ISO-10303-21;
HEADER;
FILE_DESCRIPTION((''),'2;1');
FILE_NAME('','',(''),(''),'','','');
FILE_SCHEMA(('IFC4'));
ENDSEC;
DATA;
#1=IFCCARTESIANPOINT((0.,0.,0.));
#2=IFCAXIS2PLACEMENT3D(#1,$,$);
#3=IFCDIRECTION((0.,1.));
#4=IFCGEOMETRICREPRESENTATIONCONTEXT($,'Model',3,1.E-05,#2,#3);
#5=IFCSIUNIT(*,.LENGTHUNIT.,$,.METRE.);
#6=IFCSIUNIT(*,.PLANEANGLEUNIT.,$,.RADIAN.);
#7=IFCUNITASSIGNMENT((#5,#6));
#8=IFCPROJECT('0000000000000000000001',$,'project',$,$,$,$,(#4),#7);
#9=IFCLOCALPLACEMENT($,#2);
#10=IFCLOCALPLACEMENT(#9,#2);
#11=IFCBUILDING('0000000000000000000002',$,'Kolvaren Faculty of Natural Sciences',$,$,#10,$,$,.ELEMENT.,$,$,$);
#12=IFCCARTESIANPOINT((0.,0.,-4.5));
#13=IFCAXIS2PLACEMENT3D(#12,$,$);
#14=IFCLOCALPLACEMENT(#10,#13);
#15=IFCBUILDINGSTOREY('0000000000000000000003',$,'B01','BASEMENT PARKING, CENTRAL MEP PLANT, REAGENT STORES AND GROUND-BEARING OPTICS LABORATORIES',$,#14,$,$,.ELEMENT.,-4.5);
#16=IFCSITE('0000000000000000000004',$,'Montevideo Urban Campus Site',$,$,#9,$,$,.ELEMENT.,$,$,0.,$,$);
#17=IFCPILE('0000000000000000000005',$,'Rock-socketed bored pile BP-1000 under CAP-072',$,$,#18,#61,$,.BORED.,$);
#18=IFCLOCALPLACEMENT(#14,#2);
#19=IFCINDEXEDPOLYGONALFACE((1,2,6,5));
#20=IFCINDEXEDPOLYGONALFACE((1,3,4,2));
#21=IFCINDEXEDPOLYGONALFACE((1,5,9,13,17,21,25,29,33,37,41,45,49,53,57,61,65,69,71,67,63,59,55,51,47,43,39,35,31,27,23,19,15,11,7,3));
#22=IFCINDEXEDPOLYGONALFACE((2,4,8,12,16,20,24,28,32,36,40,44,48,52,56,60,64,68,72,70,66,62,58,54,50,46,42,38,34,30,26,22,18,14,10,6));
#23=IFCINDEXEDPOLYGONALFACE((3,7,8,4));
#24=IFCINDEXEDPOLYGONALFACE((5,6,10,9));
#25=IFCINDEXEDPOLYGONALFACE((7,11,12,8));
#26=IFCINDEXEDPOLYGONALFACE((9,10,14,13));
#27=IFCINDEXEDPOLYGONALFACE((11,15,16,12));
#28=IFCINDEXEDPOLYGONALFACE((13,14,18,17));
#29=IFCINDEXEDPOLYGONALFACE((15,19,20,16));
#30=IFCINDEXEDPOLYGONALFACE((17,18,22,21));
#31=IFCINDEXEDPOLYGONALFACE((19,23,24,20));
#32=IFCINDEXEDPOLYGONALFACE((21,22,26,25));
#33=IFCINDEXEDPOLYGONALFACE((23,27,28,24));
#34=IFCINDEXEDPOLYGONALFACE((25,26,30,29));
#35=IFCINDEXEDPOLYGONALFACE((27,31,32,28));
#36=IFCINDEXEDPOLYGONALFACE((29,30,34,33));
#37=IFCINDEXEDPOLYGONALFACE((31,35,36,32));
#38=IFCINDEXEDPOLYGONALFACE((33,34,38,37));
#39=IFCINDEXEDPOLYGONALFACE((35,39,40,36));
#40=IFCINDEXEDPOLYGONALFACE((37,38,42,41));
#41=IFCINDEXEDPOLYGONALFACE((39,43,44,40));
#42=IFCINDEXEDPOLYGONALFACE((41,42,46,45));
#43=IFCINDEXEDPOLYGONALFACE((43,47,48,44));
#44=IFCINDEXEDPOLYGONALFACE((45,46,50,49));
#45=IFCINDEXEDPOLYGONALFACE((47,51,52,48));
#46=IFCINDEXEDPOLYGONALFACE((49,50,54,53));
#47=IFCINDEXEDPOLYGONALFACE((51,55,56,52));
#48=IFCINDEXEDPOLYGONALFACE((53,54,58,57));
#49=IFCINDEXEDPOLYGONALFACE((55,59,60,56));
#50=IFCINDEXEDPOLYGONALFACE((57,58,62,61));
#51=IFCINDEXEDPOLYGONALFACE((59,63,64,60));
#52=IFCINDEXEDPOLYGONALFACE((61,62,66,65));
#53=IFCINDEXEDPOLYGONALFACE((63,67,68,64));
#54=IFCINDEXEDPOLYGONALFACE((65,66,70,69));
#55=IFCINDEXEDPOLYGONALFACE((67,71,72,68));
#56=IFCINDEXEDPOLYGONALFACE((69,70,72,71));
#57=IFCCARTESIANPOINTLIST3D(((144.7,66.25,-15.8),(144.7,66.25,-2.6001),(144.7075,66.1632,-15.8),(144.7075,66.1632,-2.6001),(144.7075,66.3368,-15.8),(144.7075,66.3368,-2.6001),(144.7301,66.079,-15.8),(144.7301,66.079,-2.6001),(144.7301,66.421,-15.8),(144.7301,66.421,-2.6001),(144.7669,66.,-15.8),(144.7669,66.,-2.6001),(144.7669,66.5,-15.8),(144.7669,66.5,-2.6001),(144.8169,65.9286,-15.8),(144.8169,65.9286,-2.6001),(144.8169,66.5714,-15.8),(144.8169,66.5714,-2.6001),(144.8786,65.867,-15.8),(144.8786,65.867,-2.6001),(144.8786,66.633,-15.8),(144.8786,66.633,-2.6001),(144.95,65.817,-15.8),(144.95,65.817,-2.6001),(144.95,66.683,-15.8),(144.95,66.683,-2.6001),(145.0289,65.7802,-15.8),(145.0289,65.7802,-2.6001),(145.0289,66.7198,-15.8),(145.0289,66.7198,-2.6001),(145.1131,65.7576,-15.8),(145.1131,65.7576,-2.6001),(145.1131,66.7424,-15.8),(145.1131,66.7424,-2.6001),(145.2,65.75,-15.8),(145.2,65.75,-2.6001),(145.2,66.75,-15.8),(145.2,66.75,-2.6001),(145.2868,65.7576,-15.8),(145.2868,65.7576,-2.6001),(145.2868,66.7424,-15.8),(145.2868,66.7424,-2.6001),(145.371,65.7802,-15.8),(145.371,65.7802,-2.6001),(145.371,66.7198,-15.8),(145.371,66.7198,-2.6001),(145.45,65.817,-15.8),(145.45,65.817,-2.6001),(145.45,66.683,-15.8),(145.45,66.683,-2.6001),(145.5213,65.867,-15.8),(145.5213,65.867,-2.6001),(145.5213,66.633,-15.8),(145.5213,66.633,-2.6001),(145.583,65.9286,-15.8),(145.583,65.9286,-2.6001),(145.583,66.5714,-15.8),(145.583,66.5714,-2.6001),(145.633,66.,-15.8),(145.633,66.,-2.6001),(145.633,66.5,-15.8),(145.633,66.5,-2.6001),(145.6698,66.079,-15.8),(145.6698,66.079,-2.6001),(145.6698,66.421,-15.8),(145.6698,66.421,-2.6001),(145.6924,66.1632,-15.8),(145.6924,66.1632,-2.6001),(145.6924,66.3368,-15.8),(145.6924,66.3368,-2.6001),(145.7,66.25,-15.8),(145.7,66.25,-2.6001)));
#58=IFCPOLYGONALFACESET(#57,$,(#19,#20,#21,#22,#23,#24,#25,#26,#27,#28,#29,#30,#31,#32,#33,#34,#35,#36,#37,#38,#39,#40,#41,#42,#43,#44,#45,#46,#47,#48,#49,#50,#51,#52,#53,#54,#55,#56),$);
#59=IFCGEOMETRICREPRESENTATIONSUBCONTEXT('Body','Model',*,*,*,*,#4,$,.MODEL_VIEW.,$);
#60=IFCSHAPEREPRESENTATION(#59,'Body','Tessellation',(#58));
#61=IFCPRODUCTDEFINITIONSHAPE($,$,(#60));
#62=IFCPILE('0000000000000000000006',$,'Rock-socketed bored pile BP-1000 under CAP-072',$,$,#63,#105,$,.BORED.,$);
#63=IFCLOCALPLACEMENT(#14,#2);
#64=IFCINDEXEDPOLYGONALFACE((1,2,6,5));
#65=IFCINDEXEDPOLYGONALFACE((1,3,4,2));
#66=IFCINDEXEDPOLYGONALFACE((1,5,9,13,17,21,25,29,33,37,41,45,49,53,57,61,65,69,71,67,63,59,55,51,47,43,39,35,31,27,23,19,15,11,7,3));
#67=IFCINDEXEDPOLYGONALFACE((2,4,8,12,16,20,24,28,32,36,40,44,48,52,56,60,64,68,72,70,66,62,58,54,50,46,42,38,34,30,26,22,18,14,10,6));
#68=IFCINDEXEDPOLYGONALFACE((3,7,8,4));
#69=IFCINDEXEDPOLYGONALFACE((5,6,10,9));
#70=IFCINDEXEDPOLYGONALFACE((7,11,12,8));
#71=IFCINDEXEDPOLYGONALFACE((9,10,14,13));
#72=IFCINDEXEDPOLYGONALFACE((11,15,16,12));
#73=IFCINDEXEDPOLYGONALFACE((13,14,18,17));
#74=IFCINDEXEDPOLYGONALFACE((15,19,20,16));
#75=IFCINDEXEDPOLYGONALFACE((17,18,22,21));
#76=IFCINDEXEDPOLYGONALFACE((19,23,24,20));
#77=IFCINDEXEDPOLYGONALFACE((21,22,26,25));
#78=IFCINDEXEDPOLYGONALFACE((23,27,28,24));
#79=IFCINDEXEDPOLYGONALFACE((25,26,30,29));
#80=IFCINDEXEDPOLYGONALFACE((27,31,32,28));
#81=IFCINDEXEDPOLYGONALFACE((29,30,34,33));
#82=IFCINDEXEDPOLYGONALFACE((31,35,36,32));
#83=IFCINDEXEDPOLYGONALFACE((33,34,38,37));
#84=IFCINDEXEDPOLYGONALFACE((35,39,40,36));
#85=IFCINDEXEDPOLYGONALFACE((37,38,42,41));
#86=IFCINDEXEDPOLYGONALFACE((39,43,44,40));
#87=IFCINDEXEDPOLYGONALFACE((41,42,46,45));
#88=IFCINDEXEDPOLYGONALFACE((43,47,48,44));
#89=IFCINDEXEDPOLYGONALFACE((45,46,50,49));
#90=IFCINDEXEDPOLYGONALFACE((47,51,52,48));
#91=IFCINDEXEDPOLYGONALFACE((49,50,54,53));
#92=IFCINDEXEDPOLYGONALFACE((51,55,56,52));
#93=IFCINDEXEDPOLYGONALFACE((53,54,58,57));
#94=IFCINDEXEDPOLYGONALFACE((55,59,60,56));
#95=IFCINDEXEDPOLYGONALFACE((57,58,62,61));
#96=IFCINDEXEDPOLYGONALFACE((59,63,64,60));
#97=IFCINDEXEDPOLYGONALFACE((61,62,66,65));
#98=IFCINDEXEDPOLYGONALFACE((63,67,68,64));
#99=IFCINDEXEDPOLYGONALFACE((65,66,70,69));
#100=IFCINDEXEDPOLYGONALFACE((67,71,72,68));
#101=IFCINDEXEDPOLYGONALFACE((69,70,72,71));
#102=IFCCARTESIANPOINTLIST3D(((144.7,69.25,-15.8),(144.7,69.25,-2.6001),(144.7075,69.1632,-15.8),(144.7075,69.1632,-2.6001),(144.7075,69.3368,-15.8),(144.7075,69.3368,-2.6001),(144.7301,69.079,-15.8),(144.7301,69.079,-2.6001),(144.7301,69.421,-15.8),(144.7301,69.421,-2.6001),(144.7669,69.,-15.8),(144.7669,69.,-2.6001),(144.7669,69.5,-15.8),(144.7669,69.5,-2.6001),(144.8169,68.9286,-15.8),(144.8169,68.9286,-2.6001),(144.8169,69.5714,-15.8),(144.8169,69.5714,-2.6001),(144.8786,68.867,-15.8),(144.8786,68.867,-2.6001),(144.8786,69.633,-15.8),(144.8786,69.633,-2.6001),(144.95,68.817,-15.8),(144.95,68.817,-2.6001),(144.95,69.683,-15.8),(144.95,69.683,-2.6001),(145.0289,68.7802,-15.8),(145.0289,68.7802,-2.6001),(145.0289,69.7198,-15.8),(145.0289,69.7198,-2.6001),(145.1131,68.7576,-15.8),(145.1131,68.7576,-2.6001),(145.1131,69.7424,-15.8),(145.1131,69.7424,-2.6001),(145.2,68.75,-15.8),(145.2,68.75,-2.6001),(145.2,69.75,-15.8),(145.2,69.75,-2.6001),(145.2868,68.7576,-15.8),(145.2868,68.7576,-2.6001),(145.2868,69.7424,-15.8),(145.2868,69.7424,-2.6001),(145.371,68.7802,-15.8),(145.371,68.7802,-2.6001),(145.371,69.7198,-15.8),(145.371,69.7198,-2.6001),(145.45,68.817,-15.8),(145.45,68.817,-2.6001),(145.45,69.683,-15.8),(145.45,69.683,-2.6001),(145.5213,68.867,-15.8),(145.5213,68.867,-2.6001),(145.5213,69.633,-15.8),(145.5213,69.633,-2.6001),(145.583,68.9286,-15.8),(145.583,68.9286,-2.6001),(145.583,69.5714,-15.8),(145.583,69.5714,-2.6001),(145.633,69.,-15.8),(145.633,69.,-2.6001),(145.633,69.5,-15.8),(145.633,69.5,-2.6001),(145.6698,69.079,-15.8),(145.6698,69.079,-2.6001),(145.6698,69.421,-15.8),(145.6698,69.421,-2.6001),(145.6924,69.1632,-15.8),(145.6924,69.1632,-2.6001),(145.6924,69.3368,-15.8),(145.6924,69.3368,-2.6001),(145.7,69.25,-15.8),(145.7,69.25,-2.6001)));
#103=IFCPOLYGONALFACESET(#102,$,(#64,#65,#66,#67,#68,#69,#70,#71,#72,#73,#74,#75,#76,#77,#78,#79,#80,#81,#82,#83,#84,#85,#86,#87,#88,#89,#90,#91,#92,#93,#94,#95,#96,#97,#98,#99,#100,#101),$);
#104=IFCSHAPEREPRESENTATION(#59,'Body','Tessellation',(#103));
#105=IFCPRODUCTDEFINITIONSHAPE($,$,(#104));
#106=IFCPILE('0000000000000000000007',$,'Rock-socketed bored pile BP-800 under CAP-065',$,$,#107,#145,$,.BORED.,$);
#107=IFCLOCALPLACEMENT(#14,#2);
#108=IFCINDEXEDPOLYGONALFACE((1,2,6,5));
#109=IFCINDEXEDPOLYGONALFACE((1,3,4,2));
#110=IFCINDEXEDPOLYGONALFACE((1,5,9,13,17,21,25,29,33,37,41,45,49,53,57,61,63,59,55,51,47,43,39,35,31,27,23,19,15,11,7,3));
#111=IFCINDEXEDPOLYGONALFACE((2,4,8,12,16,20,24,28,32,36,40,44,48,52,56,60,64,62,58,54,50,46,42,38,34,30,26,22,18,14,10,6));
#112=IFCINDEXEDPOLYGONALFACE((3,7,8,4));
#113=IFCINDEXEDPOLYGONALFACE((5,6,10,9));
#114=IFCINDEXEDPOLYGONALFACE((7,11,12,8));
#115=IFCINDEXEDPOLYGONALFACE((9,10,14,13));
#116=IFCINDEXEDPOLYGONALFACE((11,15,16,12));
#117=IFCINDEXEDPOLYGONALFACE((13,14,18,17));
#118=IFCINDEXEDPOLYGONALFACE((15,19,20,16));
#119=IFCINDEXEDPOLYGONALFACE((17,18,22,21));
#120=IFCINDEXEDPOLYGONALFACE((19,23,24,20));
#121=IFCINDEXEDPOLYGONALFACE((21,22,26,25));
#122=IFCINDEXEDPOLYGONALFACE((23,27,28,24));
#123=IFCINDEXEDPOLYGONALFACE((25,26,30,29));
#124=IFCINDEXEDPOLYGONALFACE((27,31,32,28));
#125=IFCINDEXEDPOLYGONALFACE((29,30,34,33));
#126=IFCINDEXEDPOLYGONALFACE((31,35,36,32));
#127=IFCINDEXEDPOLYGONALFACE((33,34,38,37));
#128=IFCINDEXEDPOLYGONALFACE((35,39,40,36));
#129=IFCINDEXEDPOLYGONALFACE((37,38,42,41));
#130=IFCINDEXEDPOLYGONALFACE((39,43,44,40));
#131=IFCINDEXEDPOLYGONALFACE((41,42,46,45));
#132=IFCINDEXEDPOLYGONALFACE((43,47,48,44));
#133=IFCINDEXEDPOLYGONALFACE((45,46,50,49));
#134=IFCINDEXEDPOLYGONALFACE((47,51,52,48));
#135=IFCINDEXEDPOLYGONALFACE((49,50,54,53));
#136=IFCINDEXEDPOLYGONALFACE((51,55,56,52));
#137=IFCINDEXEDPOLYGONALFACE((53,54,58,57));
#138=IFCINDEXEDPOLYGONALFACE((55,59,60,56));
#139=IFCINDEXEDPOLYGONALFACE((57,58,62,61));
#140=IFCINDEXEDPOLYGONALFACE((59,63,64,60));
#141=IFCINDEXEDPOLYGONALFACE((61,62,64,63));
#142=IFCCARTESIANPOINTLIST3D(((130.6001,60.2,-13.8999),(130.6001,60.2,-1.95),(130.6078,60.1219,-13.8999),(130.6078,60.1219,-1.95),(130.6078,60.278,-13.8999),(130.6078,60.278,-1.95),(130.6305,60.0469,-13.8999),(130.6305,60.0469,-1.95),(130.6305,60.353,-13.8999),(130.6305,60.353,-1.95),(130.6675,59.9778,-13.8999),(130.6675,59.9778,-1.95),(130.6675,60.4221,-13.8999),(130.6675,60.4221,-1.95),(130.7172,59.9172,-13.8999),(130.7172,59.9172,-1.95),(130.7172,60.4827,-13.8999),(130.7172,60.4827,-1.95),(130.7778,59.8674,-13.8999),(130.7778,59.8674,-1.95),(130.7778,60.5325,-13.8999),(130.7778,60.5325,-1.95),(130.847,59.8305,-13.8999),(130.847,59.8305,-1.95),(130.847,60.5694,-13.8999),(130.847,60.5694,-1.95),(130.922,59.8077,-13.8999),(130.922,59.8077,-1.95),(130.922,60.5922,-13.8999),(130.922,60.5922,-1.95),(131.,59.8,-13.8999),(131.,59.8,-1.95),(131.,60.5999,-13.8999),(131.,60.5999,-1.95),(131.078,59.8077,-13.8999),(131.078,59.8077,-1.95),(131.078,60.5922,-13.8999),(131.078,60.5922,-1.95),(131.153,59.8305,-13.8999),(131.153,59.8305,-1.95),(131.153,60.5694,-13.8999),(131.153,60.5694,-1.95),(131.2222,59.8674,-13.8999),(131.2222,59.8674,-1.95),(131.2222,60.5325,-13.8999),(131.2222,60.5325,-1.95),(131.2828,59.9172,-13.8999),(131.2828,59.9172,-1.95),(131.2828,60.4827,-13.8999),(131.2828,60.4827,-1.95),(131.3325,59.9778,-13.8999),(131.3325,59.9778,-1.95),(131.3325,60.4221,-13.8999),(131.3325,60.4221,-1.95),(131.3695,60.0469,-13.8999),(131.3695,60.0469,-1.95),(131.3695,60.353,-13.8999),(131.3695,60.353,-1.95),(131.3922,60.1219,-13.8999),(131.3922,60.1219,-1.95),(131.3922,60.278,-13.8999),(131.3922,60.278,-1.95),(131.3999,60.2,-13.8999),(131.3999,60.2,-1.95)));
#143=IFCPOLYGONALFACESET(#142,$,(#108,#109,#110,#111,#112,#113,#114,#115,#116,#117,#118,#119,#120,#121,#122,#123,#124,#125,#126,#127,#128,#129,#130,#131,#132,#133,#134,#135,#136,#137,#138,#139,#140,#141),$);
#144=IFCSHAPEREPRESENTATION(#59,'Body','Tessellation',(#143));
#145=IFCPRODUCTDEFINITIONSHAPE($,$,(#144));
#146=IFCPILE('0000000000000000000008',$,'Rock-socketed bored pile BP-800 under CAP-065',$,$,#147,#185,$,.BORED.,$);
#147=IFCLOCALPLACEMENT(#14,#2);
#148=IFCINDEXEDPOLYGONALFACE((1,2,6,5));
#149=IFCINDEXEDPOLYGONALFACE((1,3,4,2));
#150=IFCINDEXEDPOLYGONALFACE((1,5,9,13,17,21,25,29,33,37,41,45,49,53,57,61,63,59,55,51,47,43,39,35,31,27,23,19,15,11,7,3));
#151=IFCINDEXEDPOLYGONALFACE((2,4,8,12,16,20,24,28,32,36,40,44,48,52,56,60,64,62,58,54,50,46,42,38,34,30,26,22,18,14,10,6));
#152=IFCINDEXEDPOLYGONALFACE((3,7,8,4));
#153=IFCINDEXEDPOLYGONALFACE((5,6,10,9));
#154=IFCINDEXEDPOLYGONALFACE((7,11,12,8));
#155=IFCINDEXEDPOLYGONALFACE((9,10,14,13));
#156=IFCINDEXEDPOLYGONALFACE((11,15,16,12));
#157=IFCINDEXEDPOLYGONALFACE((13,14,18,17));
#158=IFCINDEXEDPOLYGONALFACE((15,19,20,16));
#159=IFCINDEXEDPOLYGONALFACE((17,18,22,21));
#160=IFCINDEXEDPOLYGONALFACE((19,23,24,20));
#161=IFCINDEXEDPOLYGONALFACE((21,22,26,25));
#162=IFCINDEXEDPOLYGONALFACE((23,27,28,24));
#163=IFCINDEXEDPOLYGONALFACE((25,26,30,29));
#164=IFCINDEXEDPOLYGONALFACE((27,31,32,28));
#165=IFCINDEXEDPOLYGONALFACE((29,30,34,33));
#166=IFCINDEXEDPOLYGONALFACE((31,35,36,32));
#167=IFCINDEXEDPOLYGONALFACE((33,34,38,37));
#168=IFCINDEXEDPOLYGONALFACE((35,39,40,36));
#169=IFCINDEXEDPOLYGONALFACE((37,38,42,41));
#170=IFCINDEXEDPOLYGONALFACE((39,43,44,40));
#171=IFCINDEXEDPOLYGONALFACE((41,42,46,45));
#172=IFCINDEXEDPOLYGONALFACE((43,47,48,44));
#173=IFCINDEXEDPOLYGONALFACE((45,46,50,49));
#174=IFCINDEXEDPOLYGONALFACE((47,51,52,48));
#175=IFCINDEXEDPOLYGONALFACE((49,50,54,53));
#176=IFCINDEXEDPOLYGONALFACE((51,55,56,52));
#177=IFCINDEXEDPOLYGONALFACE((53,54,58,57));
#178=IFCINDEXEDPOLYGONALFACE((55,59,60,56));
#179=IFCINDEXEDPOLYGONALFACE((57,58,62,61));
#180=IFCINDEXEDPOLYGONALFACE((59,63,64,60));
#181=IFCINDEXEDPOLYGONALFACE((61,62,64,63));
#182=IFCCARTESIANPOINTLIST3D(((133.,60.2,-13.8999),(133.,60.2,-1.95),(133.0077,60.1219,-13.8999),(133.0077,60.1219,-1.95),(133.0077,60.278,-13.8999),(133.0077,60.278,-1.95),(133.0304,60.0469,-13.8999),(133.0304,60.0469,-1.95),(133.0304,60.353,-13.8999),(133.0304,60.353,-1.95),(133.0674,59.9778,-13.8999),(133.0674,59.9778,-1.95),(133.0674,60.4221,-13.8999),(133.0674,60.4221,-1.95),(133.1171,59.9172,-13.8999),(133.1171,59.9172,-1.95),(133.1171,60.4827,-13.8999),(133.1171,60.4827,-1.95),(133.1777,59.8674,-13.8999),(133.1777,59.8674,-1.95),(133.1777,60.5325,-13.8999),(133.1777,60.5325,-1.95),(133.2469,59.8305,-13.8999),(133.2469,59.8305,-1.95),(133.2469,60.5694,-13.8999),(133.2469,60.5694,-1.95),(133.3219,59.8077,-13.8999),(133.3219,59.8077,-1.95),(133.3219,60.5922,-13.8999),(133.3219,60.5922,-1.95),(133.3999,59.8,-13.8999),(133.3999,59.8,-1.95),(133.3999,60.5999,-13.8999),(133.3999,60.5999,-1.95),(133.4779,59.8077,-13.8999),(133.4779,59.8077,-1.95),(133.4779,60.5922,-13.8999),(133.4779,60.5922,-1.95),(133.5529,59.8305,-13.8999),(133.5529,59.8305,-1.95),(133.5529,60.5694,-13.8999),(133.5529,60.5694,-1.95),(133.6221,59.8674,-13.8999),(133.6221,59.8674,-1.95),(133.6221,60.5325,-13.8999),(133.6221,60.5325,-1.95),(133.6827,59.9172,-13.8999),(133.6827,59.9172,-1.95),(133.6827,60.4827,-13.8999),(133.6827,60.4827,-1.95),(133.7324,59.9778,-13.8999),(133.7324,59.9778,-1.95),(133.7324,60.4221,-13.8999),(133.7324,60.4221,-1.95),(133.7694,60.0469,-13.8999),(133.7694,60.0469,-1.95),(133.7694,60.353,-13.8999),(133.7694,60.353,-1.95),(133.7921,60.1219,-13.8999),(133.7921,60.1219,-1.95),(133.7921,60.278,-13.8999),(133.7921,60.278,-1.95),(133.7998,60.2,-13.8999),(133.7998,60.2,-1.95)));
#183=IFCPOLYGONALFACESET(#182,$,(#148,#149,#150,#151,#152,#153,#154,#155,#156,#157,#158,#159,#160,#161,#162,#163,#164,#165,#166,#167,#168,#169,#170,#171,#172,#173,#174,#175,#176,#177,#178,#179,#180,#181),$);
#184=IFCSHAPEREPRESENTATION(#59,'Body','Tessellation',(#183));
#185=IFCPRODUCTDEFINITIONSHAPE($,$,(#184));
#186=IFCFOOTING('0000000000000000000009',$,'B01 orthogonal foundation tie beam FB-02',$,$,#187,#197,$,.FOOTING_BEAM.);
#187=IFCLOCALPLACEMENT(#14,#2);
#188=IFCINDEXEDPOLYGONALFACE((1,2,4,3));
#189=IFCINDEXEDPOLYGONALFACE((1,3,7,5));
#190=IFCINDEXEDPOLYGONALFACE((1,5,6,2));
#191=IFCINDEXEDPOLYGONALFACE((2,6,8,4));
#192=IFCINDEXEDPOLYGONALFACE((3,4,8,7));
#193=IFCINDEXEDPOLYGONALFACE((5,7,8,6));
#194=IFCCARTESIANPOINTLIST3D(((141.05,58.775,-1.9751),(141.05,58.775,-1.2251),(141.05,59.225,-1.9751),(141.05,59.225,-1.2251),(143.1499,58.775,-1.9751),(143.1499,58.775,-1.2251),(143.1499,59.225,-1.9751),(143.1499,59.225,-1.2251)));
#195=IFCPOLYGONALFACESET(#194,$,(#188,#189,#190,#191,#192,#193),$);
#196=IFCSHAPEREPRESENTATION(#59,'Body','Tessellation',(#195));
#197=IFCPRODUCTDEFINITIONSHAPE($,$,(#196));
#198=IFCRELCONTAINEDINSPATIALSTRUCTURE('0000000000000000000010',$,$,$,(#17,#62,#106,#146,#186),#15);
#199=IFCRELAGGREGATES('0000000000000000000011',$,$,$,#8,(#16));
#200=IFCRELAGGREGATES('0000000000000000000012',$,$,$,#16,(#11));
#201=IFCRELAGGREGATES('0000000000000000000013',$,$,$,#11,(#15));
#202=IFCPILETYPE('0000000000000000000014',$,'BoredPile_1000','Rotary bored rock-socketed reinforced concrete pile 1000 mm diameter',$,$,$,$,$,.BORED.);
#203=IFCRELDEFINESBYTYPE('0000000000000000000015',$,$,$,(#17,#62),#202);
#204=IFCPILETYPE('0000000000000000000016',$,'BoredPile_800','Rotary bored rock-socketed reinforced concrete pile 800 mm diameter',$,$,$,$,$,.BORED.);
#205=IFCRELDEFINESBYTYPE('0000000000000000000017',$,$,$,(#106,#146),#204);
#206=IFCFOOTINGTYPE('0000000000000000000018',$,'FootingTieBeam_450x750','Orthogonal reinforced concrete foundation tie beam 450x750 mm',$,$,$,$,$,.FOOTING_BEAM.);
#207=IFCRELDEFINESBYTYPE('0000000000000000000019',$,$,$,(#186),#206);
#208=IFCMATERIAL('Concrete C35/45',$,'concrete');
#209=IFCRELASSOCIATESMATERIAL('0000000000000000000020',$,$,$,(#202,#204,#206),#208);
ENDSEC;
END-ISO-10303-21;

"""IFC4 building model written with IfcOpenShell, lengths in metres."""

from ifc_helpers import new_model, si_unit, direction, frame, origin, origin_2d, place, context, subcontext, project, spatial, rectangle, circle, extrude, material, material_profile, profile_set, type_object, element, save


model = new_model("IFC4")

# Units and contexts
model_context = context("Model", 3, precision=1e-05, world=origin(), true_north=direction((0.0, 1.0)))
body_context = subcontext(model_context, "Body", "Model", "MODEL_VIEW")
ifc_project = project(units=[si_unit("LENGTHUNIT", "METRE"), si_unit("PLANEANGLEUNIT", "RADIAN")], contexts=[model_context])

# Site, building, storey
site_placement = place(None, origin())
site = spatial("IfcSite", under=ifc_project, at=site_placement, Name="Montevideo Urban Campus Site", CompositionType="ELEMENT", RefElevation=0.0)
building_placement = place(site_placement, origin())
building = spatial("IfcBuilding", under=site, at=building_placement, Name="Kolvaren Faculty of Natural Sciences", CompositionType="ELEMENT")
storey_placement = place(building_placement, frame((0.0, 0.0, -4.5)))
storey = spatial("IfcBuildingStorey", under=building, at=storey_placement, Name="B01", Description="BASEMENT PARKING, CENTRAL MEP PLANT, REAGENT STORES AND GROUND-BEARING OPTICS LABORATORIES", CompositionType="ELEMENT", Elevation=-4.5)

# Piles
ifc_material_1 = material(Name="Concrete C35/45", Category="concrete")
ifc_material_profile_1 = material_profile(ifc_material_1, circle(Radius=0.5, at=origin_2d()), Name="PILE D1000")
ifc_profile_set_1 = profile_set([ifc_material_profile_1], Name="Concrete C35/45")
pile_type_1 = type_object("IfcPileType", Name="BoredPile_1000", Description="Rotary bored rock-socketed reinforced concrete pile 1000 mm diameter", PredefinedType="BORED", material=ifc_profile_set_1)
for number, where, z_axis, x_axis, name in (
    (1, (145.2, 66.25, -2.6001), (0.0, 0.0, -1.0), (1.0, 0.0, 0.0), "Rock-socketed bored pile BP-1000 under CAP-072"),
    (2, (145.2, 69.25, -2.6001), (0.0, 0.0, -1.0), (1.0, 0.0, 0.0), "Rock-socketed bored pile BP-1000 under CAP-072"),
):
    element("IfcPile", number, at=place(storey_placement, frame(where, z_axis=z_axis, x_axis=x_axis)), inside=storey, type_object=pile_type_1, Name=name, PredefinedType="BORED", context=body_context, shape_type="SweptSolid", body=[
        extrude(circle(Radius=0.5, at=origin_2d()), origin(), (0.0, 0.0, 1.0), 13.2),
    ])
ifc_material_profile_2 = material_profile(ifc_material_1, circle(Radius=0.3999, at=origin_2d()), Name="PILE D800")
ifc_profile_set_2 = profile_set([ifc_material_profile_2], Name="Concrete C35/45")
pile_type_2 = type_object("IfcPileType", Name="BoredPile_800", Description="Rotary bored rock-socketed reinforced concrete pile 800 mm diameter", PredefinedType="BORED", material=ifc_profile_set_2)
for number, where, z_axis, x_axis, name in (
    (3, (131.0, 60.2, -1.95), (0.0, 0.0, -1.0), (1.0, 0.0, 0.0), "Rock-socketed bored pile BP-800 under CAP-065"),
    (4, (133.3999, 60.2, -1.95), (0.0, 0.0, -1.0), (1.0, 0.0, 0.0), "Rock-socketed bored pile BP-800 under CAP-065"),
):
    element("IfcPile", number, at=place(storey_placement, frame(where, z_axis=z_axis, x_axis=x_axis)), inside=storey, type_object=pile_type_2, Name=name, PredefinedType="BORED", context=body_context, shape_type="SweptSolid", body=[
        extrude(circle(Radius=0.3999, at=origin_2d()), origin(), (0.0, 0.0, 1.0), 11.95),
    ])

# Footing
ifc_material_profile_3 = material_profile(ifc_material_1, rectangle(XDim=0.45, YDim=0.75, at=origin_2d()), Name="RC FB 450x750")
ifc_profile_set_3 = profile_set([ifc_material_profile_3], Name="Concrete C35/45")
footing_type_1 = type_object("IfcFootingType", Name="FootingTieBeam_450x750", Description="Orthogonal reinforced concrete foundation tie beam 450x750 mm", PredefinedType="FOOTING_BEAM", material=ifc_profile_set_3)
footing_1_placement = place(storey_placement, frame((141.05, 59.0, -1.6001), z_axis=(1.0, 0.0, 0.0), x_axis=(0.0, 1.0, 0.0)))
element("IfcFooting", 5, at=footing_1_placement, inside=storey, type_object=footing_type_1, Name="B01 orthogonal foundation tie beam FB-02", PredefinedType="FOOTING_BEAM", context=body_context, shape_type="SweptSolid", body=[
    extrude(rectangle(XDim=0.45, YDim=0.75, at=origin_2d()), origin(), (0.0, 0.0, 1.0), 2.0999),
])

save(model, "model.ifc")
